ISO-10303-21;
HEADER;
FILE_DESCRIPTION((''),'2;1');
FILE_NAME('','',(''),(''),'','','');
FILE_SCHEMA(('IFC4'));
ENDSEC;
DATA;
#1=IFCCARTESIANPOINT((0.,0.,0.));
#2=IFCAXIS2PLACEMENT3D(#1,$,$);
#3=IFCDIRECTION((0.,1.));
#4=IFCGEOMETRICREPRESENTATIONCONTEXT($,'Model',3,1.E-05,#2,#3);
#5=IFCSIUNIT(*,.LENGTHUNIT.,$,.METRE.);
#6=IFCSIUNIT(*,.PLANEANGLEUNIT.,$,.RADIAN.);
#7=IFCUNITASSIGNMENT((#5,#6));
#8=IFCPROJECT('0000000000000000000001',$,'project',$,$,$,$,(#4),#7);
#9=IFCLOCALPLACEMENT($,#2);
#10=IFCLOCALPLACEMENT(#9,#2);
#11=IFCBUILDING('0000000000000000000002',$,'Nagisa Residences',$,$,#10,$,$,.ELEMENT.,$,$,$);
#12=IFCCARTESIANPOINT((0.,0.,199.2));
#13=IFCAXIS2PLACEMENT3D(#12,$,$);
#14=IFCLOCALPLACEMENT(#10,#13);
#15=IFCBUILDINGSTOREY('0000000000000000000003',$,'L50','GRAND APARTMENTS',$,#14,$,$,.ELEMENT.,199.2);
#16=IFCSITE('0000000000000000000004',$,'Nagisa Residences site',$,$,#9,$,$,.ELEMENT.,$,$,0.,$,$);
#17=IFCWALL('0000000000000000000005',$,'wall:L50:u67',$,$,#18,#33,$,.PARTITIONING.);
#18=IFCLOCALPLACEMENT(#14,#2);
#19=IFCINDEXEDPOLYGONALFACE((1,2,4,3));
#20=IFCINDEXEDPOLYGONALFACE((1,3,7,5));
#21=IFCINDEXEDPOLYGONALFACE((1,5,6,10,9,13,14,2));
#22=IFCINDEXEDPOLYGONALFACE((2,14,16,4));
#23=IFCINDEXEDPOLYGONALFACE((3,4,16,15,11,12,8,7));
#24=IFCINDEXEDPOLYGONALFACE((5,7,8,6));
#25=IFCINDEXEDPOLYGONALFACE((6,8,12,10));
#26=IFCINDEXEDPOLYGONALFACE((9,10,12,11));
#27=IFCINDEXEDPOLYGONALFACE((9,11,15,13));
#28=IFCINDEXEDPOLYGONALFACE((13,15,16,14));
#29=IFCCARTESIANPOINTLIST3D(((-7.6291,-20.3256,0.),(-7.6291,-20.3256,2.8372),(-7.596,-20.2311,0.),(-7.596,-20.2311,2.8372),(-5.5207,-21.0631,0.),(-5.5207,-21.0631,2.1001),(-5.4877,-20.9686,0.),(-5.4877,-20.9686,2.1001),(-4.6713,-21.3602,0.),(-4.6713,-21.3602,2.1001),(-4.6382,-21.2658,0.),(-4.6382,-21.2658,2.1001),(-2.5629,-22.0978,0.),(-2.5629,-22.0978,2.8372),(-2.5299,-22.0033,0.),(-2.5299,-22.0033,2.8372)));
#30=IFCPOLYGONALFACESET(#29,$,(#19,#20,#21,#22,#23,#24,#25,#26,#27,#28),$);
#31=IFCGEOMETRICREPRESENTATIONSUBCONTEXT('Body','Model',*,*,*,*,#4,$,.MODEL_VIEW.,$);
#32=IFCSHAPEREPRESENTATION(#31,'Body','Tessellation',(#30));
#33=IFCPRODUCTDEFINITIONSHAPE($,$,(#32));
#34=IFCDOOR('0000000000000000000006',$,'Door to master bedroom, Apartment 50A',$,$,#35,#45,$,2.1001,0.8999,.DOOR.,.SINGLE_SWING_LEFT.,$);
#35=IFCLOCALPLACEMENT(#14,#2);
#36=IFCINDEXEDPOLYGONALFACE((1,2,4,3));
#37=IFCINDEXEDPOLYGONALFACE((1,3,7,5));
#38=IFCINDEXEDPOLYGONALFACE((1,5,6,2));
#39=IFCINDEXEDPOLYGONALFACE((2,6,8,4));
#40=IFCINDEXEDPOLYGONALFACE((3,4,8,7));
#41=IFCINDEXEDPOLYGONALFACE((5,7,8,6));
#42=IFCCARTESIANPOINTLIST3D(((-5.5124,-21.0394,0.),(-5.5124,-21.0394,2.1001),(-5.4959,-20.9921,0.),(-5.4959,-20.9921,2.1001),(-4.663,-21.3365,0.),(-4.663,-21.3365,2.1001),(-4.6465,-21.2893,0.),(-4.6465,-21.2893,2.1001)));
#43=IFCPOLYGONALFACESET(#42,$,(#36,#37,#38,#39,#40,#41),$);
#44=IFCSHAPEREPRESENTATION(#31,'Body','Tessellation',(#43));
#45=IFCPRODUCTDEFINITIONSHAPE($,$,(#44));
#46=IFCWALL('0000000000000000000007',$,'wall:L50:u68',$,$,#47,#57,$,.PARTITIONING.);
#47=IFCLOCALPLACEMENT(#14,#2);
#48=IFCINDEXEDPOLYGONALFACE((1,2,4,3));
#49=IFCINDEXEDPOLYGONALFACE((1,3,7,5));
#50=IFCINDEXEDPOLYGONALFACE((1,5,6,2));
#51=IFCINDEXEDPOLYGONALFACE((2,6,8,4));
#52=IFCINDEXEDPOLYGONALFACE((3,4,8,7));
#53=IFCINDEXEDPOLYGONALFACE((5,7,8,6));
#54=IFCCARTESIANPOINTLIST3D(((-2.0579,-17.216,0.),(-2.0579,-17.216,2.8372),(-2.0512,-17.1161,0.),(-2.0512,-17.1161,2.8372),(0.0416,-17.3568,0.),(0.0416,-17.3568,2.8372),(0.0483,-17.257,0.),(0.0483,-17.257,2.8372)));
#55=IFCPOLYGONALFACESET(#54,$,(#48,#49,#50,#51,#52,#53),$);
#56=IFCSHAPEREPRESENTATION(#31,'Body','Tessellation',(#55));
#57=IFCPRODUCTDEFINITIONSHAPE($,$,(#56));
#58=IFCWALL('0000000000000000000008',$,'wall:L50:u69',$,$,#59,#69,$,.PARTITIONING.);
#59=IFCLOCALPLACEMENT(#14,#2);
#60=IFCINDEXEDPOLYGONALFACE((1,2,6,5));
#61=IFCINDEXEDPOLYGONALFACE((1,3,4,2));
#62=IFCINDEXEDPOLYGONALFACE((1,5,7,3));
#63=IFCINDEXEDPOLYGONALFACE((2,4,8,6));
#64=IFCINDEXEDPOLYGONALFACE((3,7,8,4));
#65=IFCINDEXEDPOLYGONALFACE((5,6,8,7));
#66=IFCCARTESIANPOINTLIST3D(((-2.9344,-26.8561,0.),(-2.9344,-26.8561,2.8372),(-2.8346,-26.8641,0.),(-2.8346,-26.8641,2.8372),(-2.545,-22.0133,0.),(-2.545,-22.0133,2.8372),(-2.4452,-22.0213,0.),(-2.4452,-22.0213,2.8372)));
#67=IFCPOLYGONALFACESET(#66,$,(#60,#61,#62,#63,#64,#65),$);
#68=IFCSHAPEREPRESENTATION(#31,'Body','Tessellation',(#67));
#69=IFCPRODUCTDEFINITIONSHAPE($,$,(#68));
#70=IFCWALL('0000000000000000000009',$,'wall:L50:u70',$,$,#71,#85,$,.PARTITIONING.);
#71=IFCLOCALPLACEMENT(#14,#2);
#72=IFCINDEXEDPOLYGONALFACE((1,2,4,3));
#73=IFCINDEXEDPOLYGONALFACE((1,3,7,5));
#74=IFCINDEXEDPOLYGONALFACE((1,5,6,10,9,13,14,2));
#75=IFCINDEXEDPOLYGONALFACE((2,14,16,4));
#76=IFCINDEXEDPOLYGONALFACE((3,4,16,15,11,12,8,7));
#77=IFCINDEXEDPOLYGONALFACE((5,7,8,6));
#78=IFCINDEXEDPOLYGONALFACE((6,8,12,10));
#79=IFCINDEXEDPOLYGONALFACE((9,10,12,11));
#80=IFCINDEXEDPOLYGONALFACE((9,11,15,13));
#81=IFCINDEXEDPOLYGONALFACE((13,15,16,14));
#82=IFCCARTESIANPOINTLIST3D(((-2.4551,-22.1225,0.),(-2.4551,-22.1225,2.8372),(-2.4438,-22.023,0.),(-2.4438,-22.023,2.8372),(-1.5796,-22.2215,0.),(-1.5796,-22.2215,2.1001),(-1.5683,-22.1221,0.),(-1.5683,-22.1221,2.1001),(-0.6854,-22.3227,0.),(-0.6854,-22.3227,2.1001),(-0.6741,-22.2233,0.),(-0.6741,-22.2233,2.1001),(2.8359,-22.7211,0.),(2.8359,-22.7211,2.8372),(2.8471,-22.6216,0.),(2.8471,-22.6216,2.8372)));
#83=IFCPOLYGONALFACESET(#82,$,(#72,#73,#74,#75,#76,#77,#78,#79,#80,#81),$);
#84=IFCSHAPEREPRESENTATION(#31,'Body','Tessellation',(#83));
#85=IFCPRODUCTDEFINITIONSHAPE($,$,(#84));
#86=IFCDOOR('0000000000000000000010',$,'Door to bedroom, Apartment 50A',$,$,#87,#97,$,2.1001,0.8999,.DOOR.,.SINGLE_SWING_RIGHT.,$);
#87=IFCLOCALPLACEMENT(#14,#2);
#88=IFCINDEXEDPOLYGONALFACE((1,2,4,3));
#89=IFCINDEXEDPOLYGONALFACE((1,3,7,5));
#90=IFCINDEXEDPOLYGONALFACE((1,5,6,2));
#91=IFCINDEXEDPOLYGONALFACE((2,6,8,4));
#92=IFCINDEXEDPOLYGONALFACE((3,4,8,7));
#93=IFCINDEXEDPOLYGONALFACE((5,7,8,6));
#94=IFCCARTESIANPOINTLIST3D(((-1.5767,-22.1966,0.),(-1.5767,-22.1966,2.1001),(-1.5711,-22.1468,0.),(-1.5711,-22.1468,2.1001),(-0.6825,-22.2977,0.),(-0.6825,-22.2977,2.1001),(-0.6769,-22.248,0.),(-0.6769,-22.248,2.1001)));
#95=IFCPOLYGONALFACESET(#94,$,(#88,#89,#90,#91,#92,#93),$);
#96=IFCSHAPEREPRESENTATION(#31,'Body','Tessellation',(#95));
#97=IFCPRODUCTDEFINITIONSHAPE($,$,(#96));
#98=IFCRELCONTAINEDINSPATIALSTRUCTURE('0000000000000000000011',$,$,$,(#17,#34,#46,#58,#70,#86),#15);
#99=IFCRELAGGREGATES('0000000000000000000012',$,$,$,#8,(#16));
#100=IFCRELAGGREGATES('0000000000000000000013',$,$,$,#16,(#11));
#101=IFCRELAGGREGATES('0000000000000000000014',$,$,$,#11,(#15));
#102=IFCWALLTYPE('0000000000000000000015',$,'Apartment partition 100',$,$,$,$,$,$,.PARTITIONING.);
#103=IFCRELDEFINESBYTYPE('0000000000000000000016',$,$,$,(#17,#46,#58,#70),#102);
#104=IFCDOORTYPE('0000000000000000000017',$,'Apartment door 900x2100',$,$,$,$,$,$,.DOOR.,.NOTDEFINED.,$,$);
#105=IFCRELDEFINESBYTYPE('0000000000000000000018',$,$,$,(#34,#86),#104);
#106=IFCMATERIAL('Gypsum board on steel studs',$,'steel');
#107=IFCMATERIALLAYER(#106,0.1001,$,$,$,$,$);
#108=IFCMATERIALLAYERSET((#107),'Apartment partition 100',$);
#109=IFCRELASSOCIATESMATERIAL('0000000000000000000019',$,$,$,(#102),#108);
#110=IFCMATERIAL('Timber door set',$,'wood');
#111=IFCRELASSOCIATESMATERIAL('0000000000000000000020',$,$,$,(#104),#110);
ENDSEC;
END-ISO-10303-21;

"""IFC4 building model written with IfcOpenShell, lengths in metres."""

from ifc_helpers import new_model, si_unit, direction, frame, frame_2d, origin, place, context, subcontext, project, spatial, rectangle, extrude, material, layer, layer_set, type_object, element, fill, save


model = new_model("IFC4")

# Units and contexts
model_context = context("Model", 3, precision=1e-05, world=origin(), true_north=direction((0.0, 1.0)))
body_context = subcontext(model_context, "Body", "Model", "MODEL_VIEW")
ifc_project = project(units=[si_unit("LENGTHUNIT", "METRE"), si_unit("PLANEANGLEUNIT", "RADIAN")], contexts=[model_context])

# Site, building, storey
site_placement = place(None, origin())
site = spatial("IfcSite", under=ifc_project, at=site_placement, Name="Nagisa Residences site", CompositionType="ELEMENT", RefElevation=0.0)
building_placement = place(site_placement, origin())
building = spatial("IfcBuilding", under=site, at=building_placement, Name="Nagisa Residences", CompositionType="ELEMENT")
storey_placement = place(building_placement, frame((0.0, 0.0, 199.2)))
storey = spatial("IfcBuildingStorey", under=building, at=storey_placement, Name="L50", Description="GRAND APARTMENTS", CompositionType="ELEMENT", Elevation=199.2)

# Shared definitions
ifc_material_1 = material(Name="Gypsum board on steel studs", Category="steel")
ifc_layer_1 = layer(ifc_material_1, 0.1001)
ifc_layer_set_1 = layer_set([ifc_layer_1], Name="Apartment partition 100")
wall_type_1 = type_object("IfcWallType", Name="Apartment partition 100", PredefinedType="PARTITIONING", material=ifc_layer_set_1)

# Wall, opening, door
wall_1_placement = place(storey_placement, frame((-7.6125, -20.2783, 0.0), z_axis=(0.0, 0.0, 1.0), x_axis=(0.943913, -0.330194, 0.0)))
wall_1 = element("IfcWall", 1, at=wall_1_placement, inside=storey, type_object=wall_type_1, Name="wall:L50:u67", PredefinedType="PARTITIONING", context=body_context, shape_type="SweptSolid", body=[
    extrude(rectangle(XDim=5.3672, YDim=0.1001, at=frame_2d((2.6836, 0.0))), origin(), (0.0, 0.0, 1.0), 2.8372),
])
opening_1_placement = place(wall_1_placement, frame((2.2336, 0.0, 0.0)))
opening_1 = element("IfcOpeningElement", 2, at=opening_1_placement, cuts=wall_1, PredefinedType="OPENING", context=body_context, shape_type="SweptSolid", body=[
    extrude(rectangle(XDim=0.8999, YDim=2.1001, at=frame_2d((0.45, 1.05))), frame((0.0, 0.0601, 0.0), z_axis=(0.0, -1.0, 0.0), x_axis=(1.0, 0.0, 0.0)), (0.0, 0.0, 1.0), 0.1201),
])
ifc_material_2 = material(Name="Timber door set", Category="wood")
door_type_1 = type_object("IfcDoorType", Name="Apartment door 900x2100", OperationType="NOTDEFINED", PredefinedType="DOOR", material=ifc_material_2)
door_1_placement = place(opening_1_placement, frame((0.8999, 0.0, 0.0), x_axis=(-1.0, 0.0, 0.0)))
door_1 = element("IfcDoor", 3, at=door_1_placement, inside=storey, type_object=door_type_1, Name="Door to master bedroom, Apartment 50A", OperationType="SINGLE_SWING_LEFT", OverallHeight=2.1001, OverallWidth=0.8999, PredefinedType="DOOR", context=body_context, shape_type="SweptSolid", body=[
    extrude(rectangle(XDim=0.8999, YDim=2.1001, at=frame_2d((0.45, 1.05))), frame((0.0, 0.0249, 0.0), z_axis=(0.0, -1.0, 0.0), x_axis=(1.0, 0.0, 0.0)), (0.0, 0.0, 1.0), 0.05),
])
fill(opening_1, door_1)

# Walls
wall_2_placement = place(storey_placement, frame((-2.0547, -17.166, 0.0), z_axis=(0.0, 0.0, 1.0), x_axis=(0.997757, -0.066943, 0.0)))
element("IfcWall", 4, at=wall_2_placement, inside=storey, type_object=wall_type_1, Name="wall:L50:u68", PredefinedType="PARTITIONING", context=body_context, shape_type="SweptSolid", body=[
    extrude(rectangle(XDim=2.1042, YDim=0.1001, at=frame_2d((1.0522, 0.0))), origin(), (0.0, 0.0, 1.0), 2.8372),
])
wall_3_placement = place(storey_placement, frame((-2.4951, -22.0173, 0.0), z_axis=(0.0, 0.0, 1.0), x_axis=(-0.080151, -0.996783, 0.0)))
element("IfcWall", 5, at=wall_3_placement, inside=storey, type_object=wall_type_1, Name="wall:L50:u69", PredefinedType="PARTITIONING", context=body_context, shape_type="SweptSolid", body=[
    extrude(rectangle(XDim=4.8584, YDim=0.1001, at=frame_2d((2.4292, 0.0))), origin(), (0.0, 0.0, 1.0), 2.8372),
])

# Wall, opening, door
wall_4_placement = place(storey_placement, frame((-2.4495, -22.0728, 0.0), z_axis=(0.0, 0.0, 1.0), x_axis=(0.99366, -0.112424, 0.0)))
wall_4 = element("IfcWall", 6, at=wall_4_placement, inside=storey, type_object=wall_type_1, Name="wall:L50:u70", PredefinedType="PARTITIONING", context=body_context, shape_type="SweptSolid", body=[
    extrude(rectangle(XDim=5.3247, YDim=0.1001, at=frame_2d((2.6624, 0.0))), origin(), (0.0, 0.0, 1.0), 2.8372),
])
opening_2_placement = place(wall_4_placement, frame((0.8811, 0.0, 0.0)))
opening_2 = element("IfcOpeningElement", 7, at=opening_2_placement, cuts=wall_4, PredefinedType="OPENING", context=body_context, shape_type="SweptSolid", body=[
    extrude(rectangle(XDim=0.8999, YDim=2.1001, at=frame_2d((0.45, 1.05))), frame((0.0, 0.0601, 0.0), z_axis=(0.0, -1.0, 0.0), x_axis=(1.0, 0.0, 0.0)), (0.0, 0.0, 1.0), 0.1201),
])
door_2_placement = place(opening_2_placement, frame((0.8999, 0.0, 0.0), x_axis=(-1.0, 0.0, 0.0)))
door_2 = element("IfcDoor", 8, at=door_2_placement, inside=storey, type_object=door_type_1, Name="Door to bedroom, Apartment 50A", OperationType="SINGLE_SWING_RIGHT", OverallHeight=2.1001, OverallWidth=0.8999, PredefinedType="DOOR", context=body_context, shape_type="SweptSolid", body=[
    extrude(rectangle(XDim=0.8999, YDim=2.1001, at=frame_2d((0.45, 1.05))), frame((0.0, 0.0249, 0.0), z_axis=(0.0, -1.0, 0.0), x_axis=(1.0, 0.0, 0.0)), (0.0, 0.0, 1.0), 0.05),
])
fill(opening_2, door_2)

save(model, "model.ifc")
